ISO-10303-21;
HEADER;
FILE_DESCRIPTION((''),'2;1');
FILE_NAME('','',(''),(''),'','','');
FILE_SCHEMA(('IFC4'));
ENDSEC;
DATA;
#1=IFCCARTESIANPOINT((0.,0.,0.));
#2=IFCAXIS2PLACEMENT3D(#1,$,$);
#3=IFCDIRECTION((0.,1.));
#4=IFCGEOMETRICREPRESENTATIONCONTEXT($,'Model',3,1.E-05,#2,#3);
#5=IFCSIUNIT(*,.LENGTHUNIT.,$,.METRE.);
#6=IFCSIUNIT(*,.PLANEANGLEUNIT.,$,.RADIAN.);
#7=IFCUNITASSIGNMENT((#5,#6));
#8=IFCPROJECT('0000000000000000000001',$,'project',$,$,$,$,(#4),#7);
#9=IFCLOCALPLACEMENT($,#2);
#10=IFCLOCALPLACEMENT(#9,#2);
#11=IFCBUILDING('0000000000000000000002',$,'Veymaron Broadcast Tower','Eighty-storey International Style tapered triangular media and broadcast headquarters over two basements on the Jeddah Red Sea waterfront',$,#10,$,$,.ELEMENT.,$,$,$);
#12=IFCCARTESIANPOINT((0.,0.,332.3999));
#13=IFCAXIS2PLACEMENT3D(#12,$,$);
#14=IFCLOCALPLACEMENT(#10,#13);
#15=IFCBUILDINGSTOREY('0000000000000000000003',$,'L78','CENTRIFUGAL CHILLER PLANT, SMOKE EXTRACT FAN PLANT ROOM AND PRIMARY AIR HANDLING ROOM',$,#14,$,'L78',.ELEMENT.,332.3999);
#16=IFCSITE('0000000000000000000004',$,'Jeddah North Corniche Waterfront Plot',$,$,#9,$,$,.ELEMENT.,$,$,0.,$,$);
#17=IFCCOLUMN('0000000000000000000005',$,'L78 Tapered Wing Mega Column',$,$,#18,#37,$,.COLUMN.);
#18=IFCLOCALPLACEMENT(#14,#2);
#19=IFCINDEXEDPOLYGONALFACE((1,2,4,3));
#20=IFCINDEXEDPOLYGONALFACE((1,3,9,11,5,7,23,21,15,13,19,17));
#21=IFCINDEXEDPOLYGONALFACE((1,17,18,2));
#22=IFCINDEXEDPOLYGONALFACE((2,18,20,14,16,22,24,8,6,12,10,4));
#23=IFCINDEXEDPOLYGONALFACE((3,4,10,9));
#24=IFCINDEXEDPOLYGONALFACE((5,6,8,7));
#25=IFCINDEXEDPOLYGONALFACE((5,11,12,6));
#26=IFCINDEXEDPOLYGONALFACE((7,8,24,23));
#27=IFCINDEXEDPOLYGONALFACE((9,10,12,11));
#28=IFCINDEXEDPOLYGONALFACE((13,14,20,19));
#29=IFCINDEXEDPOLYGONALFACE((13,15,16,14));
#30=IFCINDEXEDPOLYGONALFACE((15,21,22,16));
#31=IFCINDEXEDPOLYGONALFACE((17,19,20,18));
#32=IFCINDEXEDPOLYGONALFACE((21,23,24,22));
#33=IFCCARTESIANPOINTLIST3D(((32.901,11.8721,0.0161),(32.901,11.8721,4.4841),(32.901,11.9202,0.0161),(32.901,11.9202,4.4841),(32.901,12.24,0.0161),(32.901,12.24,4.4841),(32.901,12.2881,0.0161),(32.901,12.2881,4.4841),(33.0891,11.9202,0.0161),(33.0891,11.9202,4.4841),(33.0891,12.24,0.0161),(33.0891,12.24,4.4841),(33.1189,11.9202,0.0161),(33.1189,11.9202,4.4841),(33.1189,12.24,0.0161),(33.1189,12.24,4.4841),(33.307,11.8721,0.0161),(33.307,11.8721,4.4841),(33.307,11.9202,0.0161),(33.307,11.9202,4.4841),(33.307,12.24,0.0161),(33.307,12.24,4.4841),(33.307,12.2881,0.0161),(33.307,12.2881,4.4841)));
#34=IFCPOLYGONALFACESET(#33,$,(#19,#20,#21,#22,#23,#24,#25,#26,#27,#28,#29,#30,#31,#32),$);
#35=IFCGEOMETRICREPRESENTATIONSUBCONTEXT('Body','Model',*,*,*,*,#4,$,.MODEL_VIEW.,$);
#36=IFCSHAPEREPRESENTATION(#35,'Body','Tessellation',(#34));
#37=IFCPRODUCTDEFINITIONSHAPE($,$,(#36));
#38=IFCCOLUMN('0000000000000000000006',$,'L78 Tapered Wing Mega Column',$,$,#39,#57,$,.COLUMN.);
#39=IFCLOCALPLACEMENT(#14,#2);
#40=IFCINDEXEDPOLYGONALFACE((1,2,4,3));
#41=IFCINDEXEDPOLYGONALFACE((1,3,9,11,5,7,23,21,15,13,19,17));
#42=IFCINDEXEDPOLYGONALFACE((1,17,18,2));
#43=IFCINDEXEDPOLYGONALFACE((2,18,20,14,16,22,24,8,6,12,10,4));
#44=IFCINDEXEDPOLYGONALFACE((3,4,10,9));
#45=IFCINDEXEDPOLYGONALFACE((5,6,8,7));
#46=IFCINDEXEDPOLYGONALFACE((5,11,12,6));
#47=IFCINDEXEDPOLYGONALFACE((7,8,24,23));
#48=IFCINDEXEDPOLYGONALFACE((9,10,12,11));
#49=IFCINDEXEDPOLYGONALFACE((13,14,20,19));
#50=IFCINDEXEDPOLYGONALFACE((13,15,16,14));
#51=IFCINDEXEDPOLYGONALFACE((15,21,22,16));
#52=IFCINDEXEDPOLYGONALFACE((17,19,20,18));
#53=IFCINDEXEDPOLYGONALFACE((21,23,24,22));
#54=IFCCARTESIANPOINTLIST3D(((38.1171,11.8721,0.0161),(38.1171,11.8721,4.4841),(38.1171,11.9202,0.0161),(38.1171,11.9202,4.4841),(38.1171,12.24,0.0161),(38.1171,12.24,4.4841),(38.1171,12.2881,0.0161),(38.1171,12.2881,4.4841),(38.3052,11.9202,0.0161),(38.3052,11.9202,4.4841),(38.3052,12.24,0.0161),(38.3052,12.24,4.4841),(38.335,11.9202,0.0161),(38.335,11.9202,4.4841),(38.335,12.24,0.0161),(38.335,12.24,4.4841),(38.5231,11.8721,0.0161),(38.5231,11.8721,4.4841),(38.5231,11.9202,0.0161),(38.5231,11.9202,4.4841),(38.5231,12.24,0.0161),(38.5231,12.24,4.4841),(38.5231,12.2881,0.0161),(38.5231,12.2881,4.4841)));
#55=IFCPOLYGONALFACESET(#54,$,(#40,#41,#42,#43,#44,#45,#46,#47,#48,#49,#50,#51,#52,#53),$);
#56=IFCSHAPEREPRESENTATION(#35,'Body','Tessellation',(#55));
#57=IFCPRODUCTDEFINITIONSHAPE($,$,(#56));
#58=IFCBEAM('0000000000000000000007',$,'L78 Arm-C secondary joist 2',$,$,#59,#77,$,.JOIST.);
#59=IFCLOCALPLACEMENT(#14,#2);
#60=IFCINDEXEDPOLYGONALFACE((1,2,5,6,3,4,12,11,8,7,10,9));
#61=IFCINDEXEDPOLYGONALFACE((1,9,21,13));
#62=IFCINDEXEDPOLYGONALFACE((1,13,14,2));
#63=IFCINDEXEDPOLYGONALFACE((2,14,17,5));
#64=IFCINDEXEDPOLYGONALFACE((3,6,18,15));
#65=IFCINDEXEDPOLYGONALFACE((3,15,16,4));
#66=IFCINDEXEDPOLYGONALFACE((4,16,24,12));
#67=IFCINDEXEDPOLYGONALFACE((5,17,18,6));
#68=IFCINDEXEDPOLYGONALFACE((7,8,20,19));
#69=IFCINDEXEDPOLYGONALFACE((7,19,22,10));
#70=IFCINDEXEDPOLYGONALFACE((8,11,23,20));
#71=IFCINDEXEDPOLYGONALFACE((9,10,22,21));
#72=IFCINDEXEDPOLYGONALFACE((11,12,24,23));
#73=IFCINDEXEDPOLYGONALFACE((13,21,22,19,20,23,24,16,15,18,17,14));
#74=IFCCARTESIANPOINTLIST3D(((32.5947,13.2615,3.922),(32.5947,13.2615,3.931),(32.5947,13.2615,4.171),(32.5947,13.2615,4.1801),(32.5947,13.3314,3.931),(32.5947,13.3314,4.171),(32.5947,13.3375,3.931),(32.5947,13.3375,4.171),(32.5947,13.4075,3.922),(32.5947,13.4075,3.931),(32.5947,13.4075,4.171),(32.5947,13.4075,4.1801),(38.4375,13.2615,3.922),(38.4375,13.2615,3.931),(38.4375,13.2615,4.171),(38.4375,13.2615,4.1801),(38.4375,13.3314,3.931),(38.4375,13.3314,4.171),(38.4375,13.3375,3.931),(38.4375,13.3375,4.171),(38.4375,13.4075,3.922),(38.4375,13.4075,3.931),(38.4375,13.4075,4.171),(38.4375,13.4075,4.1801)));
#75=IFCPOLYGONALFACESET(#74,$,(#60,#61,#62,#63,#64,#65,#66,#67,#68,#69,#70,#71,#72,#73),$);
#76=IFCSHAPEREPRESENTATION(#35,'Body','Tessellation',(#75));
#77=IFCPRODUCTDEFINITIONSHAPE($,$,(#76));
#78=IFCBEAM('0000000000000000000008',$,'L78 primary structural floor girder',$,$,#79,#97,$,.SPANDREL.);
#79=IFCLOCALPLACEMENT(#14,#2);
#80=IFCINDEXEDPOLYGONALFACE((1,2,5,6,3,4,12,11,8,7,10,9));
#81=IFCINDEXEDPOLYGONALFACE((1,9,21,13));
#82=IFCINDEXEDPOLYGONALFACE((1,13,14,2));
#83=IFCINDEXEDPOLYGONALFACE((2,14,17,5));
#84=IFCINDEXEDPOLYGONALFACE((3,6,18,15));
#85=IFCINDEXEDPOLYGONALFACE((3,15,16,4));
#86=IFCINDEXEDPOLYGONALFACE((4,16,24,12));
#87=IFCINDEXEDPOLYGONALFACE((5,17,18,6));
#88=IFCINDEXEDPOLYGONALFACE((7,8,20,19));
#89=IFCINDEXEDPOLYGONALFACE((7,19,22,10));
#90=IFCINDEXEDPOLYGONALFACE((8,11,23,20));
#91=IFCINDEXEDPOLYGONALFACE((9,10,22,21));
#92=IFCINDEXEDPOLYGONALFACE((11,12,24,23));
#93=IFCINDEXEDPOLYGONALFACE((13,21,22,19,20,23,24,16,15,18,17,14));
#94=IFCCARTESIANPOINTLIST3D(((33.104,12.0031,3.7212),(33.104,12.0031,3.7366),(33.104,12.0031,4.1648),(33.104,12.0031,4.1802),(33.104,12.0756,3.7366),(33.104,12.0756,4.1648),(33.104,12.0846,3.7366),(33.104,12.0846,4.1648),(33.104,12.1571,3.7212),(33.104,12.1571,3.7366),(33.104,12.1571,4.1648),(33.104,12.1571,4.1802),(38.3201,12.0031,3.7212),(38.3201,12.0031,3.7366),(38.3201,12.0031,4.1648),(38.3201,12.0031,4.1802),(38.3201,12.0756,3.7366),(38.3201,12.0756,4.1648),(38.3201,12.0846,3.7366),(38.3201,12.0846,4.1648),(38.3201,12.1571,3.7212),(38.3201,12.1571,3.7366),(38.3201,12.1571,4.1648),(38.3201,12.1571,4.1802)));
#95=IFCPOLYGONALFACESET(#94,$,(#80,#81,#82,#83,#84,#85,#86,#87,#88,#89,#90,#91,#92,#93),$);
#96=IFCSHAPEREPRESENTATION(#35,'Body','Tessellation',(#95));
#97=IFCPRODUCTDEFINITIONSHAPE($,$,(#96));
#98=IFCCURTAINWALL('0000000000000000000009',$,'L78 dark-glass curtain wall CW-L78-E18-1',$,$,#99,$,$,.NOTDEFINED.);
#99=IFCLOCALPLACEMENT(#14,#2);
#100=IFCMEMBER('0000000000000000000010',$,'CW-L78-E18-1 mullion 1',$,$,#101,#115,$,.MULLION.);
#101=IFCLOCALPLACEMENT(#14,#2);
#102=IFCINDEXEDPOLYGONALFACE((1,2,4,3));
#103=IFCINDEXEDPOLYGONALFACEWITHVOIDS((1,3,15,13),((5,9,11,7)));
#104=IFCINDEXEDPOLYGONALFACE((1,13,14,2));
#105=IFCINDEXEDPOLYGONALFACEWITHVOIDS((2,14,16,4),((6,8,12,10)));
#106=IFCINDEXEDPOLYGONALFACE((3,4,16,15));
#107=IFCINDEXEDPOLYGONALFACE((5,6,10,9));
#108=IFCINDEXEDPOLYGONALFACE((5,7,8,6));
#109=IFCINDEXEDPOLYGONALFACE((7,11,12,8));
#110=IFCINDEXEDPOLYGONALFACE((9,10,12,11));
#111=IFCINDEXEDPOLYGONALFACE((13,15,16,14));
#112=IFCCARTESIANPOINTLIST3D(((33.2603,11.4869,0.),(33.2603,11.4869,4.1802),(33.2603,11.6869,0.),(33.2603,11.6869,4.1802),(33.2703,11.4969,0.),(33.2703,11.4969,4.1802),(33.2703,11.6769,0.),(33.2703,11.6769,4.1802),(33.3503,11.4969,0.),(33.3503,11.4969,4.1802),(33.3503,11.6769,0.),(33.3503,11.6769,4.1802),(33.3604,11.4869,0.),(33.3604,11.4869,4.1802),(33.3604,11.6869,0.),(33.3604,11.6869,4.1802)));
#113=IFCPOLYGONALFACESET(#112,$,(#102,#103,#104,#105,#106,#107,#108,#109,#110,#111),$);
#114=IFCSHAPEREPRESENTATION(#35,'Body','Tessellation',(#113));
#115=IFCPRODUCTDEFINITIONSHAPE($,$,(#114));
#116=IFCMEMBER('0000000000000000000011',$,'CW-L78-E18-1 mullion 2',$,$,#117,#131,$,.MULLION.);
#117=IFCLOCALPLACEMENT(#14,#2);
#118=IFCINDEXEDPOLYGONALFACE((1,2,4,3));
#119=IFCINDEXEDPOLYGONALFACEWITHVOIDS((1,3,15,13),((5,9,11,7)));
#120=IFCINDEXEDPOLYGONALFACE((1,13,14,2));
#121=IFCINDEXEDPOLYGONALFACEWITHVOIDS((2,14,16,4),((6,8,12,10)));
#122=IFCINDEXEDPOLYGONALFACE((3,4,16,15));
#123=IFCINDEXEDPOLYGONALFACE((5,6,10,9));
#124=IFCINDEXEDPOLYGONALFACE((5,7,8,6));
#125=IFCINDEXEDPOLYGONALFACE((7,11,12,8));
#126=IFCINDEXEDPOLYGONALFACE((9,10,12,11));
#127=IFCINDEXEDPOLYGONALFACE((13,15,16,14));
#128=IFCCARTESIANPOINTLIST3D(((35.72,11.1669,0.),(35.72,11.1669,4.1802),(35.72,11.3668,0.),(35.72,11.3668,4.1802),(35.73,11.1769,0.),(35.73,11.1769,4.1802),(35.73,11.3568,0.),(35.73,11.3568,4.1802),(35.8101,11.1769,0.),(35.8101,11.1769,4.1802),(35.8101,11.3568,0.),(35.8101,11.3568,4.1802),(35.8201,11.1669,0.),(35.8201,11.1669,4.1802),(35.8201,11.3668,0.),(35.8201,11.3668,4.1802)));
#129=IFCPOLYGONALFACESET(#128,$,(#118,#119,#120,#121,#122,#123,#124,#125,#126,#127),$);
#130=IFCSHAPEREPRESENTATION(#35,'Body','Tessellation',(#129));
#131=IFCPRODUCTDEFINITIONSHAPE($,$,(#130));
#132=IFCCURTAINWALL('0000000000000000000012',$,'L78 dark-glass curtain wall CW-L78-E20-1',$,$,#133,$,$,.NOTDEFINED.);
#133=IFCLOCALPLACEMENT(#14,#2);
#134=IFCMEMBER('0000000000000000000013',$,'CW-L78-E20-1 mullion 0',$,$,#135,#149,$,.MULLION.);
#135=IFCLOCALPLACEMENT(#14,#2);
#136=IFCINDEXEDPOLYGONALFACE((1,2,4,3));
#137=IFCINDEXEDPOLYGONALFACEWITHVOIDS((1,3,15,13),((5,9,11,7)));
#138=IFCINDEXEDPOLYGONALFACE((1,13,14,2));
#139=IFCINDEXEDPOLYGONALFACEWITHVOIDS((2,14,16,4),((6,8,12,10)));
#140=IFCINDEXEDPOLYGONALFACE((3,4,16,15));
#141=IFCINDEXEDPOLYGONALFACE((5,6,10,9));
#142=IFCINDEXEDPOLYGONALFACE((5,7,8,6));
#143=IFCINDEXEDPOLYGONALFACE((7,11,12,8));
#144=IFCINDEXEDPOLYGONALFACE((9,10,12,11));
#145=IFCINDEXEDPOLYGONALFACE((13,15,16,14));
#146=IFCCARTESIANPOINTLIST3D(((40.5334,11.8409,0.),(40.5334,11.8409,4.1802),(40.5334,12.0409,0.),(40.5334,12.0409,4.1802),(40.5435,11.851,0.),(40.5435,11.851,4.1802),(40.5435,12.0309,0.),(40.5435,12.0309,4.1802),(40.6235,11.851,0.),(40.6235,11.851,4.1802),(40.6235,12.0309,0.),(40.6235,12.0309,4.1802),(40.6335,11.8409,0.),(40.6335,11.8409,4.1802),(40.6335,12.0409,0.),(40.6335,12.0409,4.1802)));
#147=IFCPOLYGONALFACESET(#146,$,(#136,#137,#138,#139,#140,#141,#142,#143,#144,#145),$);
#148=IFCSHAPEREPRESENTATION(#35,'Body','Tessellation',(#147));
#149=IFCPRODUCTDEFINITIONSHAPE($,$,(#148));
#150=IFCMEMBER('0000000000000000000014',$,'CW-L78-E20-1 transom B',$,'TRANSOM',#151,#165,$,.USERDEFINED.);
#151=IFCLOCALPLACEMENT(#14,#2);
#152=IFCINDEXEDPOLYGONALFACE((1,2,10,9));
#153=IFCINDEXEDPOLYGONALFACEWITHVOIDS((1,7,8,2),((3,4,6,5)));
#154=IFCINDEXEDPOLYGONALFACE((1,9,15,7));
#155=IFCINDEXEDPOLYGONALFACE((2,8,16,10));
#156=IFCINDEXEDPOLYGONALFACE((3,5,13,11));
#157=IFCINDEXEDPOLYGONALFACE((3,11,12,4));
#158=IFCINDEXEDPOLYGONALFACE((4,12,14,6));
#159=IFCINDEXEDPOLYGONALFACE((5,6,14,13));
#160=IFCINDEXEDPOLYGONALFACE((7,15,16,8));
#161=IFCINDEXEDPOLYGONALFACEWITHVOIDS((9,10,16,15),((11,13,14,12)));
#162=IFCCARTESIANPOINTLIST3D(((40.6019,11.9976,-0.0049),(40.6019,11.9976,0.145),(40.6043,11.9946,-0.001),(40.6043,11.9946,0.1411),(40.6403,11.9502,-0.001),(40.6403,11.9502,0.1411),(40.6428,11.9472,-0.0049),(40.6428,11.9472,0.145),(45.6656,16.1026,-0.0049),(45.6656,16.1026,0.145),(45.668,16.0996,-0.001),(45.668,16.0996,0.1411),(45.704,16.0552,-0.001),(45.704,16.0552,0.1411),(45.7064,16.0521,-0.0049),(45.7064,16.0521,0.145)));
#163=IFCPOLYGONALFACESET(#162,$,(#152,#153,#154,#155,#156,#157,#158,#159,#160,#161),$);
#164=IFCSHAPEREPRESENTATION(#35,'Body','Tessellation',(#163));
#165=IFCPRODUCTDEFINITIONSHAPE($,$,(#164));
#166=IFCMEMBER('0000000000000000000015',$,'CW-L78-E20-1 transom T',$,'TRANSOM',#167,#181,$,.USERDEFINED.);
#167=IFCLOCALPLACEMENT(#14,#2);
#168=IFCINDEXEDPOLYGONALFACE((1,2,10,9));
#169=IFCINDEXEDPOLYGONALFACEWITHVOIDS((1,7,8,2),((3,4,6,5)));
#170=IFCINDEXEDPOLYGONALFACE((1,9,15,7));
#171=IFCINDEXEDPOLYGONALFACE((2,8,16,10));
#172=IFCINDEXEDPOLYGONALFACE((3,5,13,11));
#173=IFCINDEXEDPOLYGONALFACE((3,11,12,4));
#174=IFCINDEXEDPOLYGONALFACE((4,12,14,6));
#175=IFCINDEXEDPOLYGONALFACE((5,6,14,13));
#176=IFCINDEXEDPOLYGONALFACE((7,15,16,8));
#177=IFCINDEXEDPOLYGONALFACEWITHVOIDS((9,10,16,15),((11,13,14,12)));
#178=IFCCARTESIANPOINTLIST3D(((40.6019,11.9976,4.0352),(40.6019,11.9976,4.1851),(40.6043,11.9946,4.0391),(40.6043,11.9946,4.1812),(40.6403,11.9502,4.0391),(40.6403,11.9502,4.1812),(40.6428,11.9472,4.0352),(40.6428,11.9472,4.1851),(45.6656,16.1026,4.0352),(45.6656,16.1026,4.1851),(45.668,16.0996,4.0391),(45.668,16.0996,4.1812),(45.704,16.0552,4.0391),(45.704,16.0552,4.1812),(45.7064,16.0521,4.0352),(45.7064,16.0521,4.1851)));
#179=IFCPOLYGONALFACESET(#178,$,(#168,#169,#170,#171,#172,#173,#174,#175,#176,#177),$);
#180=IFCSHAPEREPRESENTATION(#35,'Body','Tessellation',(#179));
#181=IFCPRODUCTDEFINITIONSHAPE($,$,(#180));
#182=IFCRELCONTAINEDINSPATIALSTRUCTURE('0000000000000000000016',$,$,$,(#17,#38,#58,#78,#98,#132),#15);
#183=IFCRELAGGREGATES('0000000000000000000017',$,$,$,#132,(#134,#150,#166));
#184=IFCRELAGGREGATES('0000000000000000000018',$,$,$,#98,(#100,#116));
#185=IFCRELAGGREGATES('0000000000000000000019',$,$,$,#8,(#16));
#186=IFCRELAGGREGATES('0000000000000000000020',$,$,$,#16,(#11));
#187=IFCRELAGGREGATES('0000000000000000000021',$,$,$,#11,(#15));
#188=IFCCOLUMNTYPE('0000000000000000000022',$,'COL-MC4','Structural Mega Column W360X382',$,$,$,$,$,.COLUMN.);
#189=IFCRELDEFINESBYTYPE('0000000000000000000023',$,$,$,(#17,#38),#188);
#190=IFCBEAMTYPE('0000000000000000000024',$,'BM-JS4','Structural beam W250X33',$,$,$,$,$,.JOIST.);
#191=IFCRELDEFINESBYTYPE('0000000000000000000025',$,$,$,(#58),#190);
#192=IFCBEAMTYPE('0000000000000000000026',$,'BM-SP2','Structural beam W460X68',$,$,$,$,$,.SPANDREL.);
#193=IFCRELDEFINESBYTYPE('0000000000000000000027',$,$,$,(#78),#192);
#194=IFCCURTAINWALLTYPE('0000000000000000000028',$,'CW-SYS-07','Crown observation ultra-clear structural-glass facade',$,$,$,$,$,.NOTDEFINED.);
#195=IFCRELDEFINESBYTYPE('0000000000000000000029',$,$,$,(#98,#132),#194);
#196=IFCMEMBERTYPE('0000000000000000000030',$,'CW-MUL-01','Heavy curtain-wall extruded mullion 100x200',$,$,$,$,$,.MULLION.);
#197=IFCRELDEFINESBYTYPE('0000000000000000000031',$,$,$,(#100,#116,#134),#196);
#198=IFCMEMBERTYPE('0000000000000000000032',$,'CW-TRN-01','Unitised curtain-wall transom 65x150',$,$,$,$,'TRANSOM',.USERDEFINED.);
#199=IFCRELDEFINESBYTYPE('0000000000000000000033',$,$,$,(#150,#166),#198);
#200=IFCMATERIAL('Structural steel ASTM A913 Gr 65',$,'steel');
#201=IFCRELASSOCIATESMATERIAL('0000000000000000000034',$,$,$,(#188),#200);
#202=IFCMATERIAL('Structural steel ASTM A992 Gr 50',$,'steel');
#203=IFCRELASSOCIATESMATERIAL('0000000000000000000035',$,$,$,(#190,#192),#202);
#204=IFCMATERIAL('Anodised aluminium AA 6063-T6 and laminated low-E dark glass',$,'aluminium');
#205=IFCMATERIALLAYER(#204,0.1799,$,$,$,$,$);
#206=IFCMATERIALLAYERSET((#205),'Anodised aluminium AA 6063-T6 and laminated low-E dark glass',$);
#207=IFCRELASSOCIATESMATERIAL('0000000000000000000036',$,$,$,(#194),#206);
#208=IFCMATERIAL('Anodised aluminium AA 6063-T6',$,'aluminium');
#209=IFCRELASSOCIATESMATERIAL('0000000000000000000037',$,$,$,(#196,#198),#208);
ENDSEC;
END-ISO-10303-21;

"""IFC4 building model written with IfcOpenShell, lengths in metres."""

from ifc_helpers import new_model, si_unit, direction, frame, origin, origin_2d, place, context, subcontext, project, spatial, hollow_rectangle, i_section, extrude, material, layer, layer_set, material_profile, profile_set, type_object, element, aggregate, save


model = new_model("IFC4")

# Units and contexts
model_context = context("Model", 3, precision=1e-05, world=origin(), true_north=direction((0.0, 1.0)))
body_context = subcontext(model_context, "Body", "Model", "MODEL_VIEW")
ifc_project = project(units=[si_unit("LENGTHUNIT", "METRE"), si_unit("PLANEANGLEUNIT", "RADIAN")], contexts=[model_context])

# Site, building, storey
site_placement = place(None, origin())
site = spatial("IfcSite", under=ifc_project, at=site_placement, Name="Jeddah North Corniche Waterfront Plot", CompositionType="ELEMENT", RefElevation=0.0)
building_placement = place(site_placement, origin())
building = spatial("IfcBuilding", under=site, at=building_placement, Name="Veymaron Broadcast Tower", Description="Eighty-storey International Style tapered triangular media and broadcast headquarters over two basements on the Jeddah Red Sea waterfront", CompositionType="ELEMENT")
storey_placement = place(building_placement, frame((0.0, 0.0, 332.3999)))
storey = spatial("IfcBuildingStorey", under=building, at=storey_placement, Name="L78", Description="CENTRIFUGAL CHILLER PLANT, SMOKE EXTRACT FAN PLANT ROOM AND PRIMARY AIR HANDLING ROOM", LongName="L78", CompositionType="ELEMENT", Elevation=332.3999)

# Columns
ifc_material_1 = material(Name="Structural steel ASTM A913 Gr 65", Category="steel")
ifc_material_profile_1 = material_profile(ifc_material_1, i_section(OverallWidth=0.406, OverallDepth=0.416, WebThickness=0.0298, FlangeThickness=0.0481, at=origin_2d()), Name="W360X382")
ifc_profile_set_1 = profile_set([ifc_material_profile_1], Name="Structural steel ASTM A913 Gr 65")
column_type = type_object("IfcColumnType", Name="COL-MC4", Description="Structural Mega Column W360X382", PredefinedType="COLUMN", material=ifc_profile_set_1)
for number, where, z_axis, x_axis, name in (
    (1, (33.104, 12.0801, 0.0161), (0.0, 0.0, 1.0), (1.0, 0.0, 0.0), "L78 Tapered Wing Mega Column"),
    (2, (38.3201, 12.0801, 0.0161), (0.0, 0.0, 1.0), (1.0, 0.0, 0.0), "L78 Tapered Wing Mega Column"),
):
    element("IfcColumn", number, at=place(storey_placement, frame(where, z_axis=z_axis, x_axis=x_axis)), inside=storey, type_object=column_type, Name=name, PredefinedType="COLUMN", context=body_context, shape_type="SweptSolid", body=[
        extrude(i_section(OverallWidth=0.406, OverallDepth=0.416, WebThickness=0.0298, FlangeThickness=0.0481, at=origin_2d()), origin(), (0.0, 0.0, 1.0), 4.468),
    ])

# Beams
ifc_material_2 = material(Name="Structural steel ASTM A992 Gr 50", Category="steel")
ifc_material_profile_2 = material_profile(ifc_material_2, i_section(OverallWidth=0.146, OverallDepth=0.2581, WebThickness=0.0061, FlangeThickness=0.009, at=origin_2d()), Name="W250X33")
ifc_profile_set_2 = profile_set([ifc_material_profile_2], Name="Structural steel ASTM A992 Gr 50")
beam_type_1 = type_object("IfcBeamType", Name="BM-JS4", Description="Structural beam W250X33", PredefinedType="JOIST", material=ifc_profile_set_2)
beam_1_placement = place(storey_placement, frame((32.5947, 13.3345, 4.051), z_axis=(1.0, 0.0, 0.0), x_axis=(0.0, 1.0, 0.0)))
element("IfcBeam", 3, at=beam_1_placement, inside=storey, type_object=beam_type_1, Name="L78 Arm-C secondary joist 2", PredefinedType="JOIST", context=body_context, shape_type="SweptSolid", body=[
    extrude(i_section(OverallWidth=0.146, OverallDepth=0.2581, WebThickness=0.0061, FlangeThickness=0.009, at=origin_2d()), origin(), (0.0, 0.0, 1.0), 5.8428),
])
ifc_material_profile_3 = material_profile(ifc_material_2, i_section(OverallWidth=0.1541, OverallDepth=0.459, WebThickness=0.009, FlangeThickness=0.0154, at=origin_2d()), Name="W460X68")
ifc_profile_set_3 = profile_set([ifc_material_profile_3], Name="Structural steel ASTM A992 Gr 50")
beam_type_2 = type_object("IfcBeamType", Name="BM-SP2", Description="Structural beam W460X68", PredefinedType="SPANDREL", material=ifc_profile_set_3)
beam_2_placement = place(storey_placement, frame((33.104, 12.0801, 3.9507), z_axis=(1.0, 0.0, 0.0), x_axis=(0.0, 1.0, 0.0)))
element("IfcBeam", 4, at=beam_2_placement, inside=storey, type_object=beam_type_2, Name="L78 primary structural floor girder", PredefinedType="SPANDREL", context=body_context, shape_type="SweptSolid", body=[
    extrude(i_section(OverallWidth=0.1541, OverallDepth=0.459, WebThickness=0.009, FlangeThickness=0.0154, at=origin_2d()), origin(), (0.0, 0.0, 1.0), 5.2161),
])

# Curtain walls, members
ifc_material_3 = material(Name="Anodised aluminium AA 6063-T6 and laminated low-E dark glass", Category="aluminium")
ifc_layer_1 = layer(ifc_material_3, 0.1799)
ifc_layer_set_1 = layer_set([ifc_layer_1], Name="Anodised aluminium AA 6063-T6 and laminated low-E dark glass")
curtain_wall_type = type_object("IfcCurtainWallType", Name="CW-SYS-07", Description="Crown observation ultra-clear structural-glass facade", PredefinedType="NOTDEFINED", material=ifc_layer_set_1)
curtain_wall_1_placement = place(storey_placement, origin())
curtain_wall_1 = element("IfcCurtainWall", 5, at=curtain_wall_1_placement, inside=storey, type_object=curtain_wall_type, Name="L78 dark-glass curtain wall CW-L78-E18-1", PredefinedType="NOTDEFINED")
ifc_material_4 = material(Name="Anodised aluminium AA 6063-T6", Category="aluminium")
ifc_material_profile_4 = material_profile(ifc_material_4, hollow_rectangle(XDim=0.1001, YDim=0.2, WallThickness=0.01, at=origin_2d()), Name="RHS200X100X10")
ifc_profile_set_4 = profile_set([ifc_material_profile_4], Name="Anodised aluminium AA 6063-T6")
member_type_1 = type_object("IfcMemberType", Name="CW-MUL-01", Description="Heavy curtain-wall extruded mullion 100x200", PredefinedType="MULLION", material=ifc_profile_set_4)
member_1_placement = place(storey_placement, frame((33.3103, 11.5869, 0.0), z_axis=(0.0, 0.0, 1.0), x_axis=(1.0, 0.0, 0.0)))
member_1 = element("IfcMember", 6, at=member_1_placement, type_object=member_type_1, Name="CW-L78-E18-1 mullion 1", PredefinedType="MULLION", context=body_context, shape_type="SweptSolid", body=[
    extrude(hollow_rectangle(XDim=0.1001, YDim=0.2, WallThickness=0.01, at=origin_2d()), origin(), (0.0, 0.0, 1.0), 4.1802),
])
member_2_placement = place(storey_placement, frame((35.77, 11.2668, 0.0), z_axis=(0.0, 0.0, 1.0), x_axis=(1.0, 0.0, 0.0)))
member_2 = element("IfcMember", 7, at=member_2_placement, type_object=member_type_1, Name="CW-L78-E18-1 mullion 2", PredefinedType="MULLION", context=body_context, shape_type="SweptSolid", body=[
    extrude(hollow_rectangle(XDim=0.1001, YDim=0.2, WallThickness=0.01, at=origin_2d()), origin(), (0.0, 0.0, 1.0), 4.1802),
])
curtain_wall_2_placement = place(storey_placement, origin())
curtain_wall_2 = element("IfcCurtainWall", 8, at=curtain_wall_2_placement, inside=storey, type_object=curtain_wall_type, Name="L78 dark-glass curtain wall CW-L78-E20-1", PredefinedType="NOTDEFINED")
member_3_placement = place(storey_placement, frame((40.5835, 11.9409, 0.0), z_axis=(0.0, 0.0, 1.0), x_axis=(1.0, 0.0, 0.0)))
member_3 = element("IfcMember", 9, at=member_3_placement, type_object=member_type_1, Name="CW-L78-E20-1 mullion 0", PredefinedType="MULLION", context=body_context, shape_type="SweptSolid", body=[
    extrude(hollow_rectangle(XDim=0.1001, YDim=0.2, WallThickness=0.01, at=origin_2d()), origin(), (0.0, 0.0, 1.0), 4.1802),
])
ifc_material_profile_5 = material_profile(ifc_material_4, hollow_rectangle(XDim=0.0649, YDim=0.1499, WallThickness=0.0039, at=origin_2d()), Name="AL150X65X4")
ifc_profile_set_5 = profile_set([ifc_material_profile_5], Name="Anodised aluminium AA 6063-T6")
member_type_2 = type_object("IfcMemberType", Name="CW-TRN-01", Description="Unitised curtain-wall transom 65x150", ElementType="TRANSOM", PredefinedType="USERDEFINED", material=ifc_profile_set_5)
member_4_placement = place(storey_placement, frame((40.6223, 11.9724, 0.0701), z_axis=(0.776811, 0.629734, 0.0), x_axis=(-0.629734, 0.776811, 0.0)))
member_4 = element("IfcMember", 10, at=member_4_placement, type_object=member_type_2, Name="CW-L78-E20-1 transom B", ObjectType="TRANSOM", PredefinedType="USERDEFINED", context=body_context, shape_type="SweptSolid", body=[
    extrude(hollow_rectangle(XDim=0.0649, YDim=0.1499, WallThickness=0.0039, at=origin_2d()), origin(), (0.0, 0.0, 1.0), 6.5186),
])
member_5_placement = place(storey_placement, frame((40.6223, 11.9724, 4.1101), z_axis=(0.776811, 0.629734, 0.0), x_axis=(-0.629734, 0.776811, 0.0)))
member_5 = element("IfcMember", 11, at=member_5_placement, type_object=member_type_2, Name="CW-L78-E20-1 transom T", ObjectType="TRANSOM", PredefinedType="USERDEFINED", context=body_context, shape_type="SweptSolid", body=[
    extrude(hollow_rectangle(XDim=0.0649, YDim=0.1499, WallThickness=0.0039, at=origin_2d()), origin(), (0.0, 0.0, 1.0), 6.5186),
])
aggregate(curtain_wall_2, [member_3, member_4, member_5])

aggregate(curtain_wall_1, [member_1, member_2])

save(model, "model.ifc")
